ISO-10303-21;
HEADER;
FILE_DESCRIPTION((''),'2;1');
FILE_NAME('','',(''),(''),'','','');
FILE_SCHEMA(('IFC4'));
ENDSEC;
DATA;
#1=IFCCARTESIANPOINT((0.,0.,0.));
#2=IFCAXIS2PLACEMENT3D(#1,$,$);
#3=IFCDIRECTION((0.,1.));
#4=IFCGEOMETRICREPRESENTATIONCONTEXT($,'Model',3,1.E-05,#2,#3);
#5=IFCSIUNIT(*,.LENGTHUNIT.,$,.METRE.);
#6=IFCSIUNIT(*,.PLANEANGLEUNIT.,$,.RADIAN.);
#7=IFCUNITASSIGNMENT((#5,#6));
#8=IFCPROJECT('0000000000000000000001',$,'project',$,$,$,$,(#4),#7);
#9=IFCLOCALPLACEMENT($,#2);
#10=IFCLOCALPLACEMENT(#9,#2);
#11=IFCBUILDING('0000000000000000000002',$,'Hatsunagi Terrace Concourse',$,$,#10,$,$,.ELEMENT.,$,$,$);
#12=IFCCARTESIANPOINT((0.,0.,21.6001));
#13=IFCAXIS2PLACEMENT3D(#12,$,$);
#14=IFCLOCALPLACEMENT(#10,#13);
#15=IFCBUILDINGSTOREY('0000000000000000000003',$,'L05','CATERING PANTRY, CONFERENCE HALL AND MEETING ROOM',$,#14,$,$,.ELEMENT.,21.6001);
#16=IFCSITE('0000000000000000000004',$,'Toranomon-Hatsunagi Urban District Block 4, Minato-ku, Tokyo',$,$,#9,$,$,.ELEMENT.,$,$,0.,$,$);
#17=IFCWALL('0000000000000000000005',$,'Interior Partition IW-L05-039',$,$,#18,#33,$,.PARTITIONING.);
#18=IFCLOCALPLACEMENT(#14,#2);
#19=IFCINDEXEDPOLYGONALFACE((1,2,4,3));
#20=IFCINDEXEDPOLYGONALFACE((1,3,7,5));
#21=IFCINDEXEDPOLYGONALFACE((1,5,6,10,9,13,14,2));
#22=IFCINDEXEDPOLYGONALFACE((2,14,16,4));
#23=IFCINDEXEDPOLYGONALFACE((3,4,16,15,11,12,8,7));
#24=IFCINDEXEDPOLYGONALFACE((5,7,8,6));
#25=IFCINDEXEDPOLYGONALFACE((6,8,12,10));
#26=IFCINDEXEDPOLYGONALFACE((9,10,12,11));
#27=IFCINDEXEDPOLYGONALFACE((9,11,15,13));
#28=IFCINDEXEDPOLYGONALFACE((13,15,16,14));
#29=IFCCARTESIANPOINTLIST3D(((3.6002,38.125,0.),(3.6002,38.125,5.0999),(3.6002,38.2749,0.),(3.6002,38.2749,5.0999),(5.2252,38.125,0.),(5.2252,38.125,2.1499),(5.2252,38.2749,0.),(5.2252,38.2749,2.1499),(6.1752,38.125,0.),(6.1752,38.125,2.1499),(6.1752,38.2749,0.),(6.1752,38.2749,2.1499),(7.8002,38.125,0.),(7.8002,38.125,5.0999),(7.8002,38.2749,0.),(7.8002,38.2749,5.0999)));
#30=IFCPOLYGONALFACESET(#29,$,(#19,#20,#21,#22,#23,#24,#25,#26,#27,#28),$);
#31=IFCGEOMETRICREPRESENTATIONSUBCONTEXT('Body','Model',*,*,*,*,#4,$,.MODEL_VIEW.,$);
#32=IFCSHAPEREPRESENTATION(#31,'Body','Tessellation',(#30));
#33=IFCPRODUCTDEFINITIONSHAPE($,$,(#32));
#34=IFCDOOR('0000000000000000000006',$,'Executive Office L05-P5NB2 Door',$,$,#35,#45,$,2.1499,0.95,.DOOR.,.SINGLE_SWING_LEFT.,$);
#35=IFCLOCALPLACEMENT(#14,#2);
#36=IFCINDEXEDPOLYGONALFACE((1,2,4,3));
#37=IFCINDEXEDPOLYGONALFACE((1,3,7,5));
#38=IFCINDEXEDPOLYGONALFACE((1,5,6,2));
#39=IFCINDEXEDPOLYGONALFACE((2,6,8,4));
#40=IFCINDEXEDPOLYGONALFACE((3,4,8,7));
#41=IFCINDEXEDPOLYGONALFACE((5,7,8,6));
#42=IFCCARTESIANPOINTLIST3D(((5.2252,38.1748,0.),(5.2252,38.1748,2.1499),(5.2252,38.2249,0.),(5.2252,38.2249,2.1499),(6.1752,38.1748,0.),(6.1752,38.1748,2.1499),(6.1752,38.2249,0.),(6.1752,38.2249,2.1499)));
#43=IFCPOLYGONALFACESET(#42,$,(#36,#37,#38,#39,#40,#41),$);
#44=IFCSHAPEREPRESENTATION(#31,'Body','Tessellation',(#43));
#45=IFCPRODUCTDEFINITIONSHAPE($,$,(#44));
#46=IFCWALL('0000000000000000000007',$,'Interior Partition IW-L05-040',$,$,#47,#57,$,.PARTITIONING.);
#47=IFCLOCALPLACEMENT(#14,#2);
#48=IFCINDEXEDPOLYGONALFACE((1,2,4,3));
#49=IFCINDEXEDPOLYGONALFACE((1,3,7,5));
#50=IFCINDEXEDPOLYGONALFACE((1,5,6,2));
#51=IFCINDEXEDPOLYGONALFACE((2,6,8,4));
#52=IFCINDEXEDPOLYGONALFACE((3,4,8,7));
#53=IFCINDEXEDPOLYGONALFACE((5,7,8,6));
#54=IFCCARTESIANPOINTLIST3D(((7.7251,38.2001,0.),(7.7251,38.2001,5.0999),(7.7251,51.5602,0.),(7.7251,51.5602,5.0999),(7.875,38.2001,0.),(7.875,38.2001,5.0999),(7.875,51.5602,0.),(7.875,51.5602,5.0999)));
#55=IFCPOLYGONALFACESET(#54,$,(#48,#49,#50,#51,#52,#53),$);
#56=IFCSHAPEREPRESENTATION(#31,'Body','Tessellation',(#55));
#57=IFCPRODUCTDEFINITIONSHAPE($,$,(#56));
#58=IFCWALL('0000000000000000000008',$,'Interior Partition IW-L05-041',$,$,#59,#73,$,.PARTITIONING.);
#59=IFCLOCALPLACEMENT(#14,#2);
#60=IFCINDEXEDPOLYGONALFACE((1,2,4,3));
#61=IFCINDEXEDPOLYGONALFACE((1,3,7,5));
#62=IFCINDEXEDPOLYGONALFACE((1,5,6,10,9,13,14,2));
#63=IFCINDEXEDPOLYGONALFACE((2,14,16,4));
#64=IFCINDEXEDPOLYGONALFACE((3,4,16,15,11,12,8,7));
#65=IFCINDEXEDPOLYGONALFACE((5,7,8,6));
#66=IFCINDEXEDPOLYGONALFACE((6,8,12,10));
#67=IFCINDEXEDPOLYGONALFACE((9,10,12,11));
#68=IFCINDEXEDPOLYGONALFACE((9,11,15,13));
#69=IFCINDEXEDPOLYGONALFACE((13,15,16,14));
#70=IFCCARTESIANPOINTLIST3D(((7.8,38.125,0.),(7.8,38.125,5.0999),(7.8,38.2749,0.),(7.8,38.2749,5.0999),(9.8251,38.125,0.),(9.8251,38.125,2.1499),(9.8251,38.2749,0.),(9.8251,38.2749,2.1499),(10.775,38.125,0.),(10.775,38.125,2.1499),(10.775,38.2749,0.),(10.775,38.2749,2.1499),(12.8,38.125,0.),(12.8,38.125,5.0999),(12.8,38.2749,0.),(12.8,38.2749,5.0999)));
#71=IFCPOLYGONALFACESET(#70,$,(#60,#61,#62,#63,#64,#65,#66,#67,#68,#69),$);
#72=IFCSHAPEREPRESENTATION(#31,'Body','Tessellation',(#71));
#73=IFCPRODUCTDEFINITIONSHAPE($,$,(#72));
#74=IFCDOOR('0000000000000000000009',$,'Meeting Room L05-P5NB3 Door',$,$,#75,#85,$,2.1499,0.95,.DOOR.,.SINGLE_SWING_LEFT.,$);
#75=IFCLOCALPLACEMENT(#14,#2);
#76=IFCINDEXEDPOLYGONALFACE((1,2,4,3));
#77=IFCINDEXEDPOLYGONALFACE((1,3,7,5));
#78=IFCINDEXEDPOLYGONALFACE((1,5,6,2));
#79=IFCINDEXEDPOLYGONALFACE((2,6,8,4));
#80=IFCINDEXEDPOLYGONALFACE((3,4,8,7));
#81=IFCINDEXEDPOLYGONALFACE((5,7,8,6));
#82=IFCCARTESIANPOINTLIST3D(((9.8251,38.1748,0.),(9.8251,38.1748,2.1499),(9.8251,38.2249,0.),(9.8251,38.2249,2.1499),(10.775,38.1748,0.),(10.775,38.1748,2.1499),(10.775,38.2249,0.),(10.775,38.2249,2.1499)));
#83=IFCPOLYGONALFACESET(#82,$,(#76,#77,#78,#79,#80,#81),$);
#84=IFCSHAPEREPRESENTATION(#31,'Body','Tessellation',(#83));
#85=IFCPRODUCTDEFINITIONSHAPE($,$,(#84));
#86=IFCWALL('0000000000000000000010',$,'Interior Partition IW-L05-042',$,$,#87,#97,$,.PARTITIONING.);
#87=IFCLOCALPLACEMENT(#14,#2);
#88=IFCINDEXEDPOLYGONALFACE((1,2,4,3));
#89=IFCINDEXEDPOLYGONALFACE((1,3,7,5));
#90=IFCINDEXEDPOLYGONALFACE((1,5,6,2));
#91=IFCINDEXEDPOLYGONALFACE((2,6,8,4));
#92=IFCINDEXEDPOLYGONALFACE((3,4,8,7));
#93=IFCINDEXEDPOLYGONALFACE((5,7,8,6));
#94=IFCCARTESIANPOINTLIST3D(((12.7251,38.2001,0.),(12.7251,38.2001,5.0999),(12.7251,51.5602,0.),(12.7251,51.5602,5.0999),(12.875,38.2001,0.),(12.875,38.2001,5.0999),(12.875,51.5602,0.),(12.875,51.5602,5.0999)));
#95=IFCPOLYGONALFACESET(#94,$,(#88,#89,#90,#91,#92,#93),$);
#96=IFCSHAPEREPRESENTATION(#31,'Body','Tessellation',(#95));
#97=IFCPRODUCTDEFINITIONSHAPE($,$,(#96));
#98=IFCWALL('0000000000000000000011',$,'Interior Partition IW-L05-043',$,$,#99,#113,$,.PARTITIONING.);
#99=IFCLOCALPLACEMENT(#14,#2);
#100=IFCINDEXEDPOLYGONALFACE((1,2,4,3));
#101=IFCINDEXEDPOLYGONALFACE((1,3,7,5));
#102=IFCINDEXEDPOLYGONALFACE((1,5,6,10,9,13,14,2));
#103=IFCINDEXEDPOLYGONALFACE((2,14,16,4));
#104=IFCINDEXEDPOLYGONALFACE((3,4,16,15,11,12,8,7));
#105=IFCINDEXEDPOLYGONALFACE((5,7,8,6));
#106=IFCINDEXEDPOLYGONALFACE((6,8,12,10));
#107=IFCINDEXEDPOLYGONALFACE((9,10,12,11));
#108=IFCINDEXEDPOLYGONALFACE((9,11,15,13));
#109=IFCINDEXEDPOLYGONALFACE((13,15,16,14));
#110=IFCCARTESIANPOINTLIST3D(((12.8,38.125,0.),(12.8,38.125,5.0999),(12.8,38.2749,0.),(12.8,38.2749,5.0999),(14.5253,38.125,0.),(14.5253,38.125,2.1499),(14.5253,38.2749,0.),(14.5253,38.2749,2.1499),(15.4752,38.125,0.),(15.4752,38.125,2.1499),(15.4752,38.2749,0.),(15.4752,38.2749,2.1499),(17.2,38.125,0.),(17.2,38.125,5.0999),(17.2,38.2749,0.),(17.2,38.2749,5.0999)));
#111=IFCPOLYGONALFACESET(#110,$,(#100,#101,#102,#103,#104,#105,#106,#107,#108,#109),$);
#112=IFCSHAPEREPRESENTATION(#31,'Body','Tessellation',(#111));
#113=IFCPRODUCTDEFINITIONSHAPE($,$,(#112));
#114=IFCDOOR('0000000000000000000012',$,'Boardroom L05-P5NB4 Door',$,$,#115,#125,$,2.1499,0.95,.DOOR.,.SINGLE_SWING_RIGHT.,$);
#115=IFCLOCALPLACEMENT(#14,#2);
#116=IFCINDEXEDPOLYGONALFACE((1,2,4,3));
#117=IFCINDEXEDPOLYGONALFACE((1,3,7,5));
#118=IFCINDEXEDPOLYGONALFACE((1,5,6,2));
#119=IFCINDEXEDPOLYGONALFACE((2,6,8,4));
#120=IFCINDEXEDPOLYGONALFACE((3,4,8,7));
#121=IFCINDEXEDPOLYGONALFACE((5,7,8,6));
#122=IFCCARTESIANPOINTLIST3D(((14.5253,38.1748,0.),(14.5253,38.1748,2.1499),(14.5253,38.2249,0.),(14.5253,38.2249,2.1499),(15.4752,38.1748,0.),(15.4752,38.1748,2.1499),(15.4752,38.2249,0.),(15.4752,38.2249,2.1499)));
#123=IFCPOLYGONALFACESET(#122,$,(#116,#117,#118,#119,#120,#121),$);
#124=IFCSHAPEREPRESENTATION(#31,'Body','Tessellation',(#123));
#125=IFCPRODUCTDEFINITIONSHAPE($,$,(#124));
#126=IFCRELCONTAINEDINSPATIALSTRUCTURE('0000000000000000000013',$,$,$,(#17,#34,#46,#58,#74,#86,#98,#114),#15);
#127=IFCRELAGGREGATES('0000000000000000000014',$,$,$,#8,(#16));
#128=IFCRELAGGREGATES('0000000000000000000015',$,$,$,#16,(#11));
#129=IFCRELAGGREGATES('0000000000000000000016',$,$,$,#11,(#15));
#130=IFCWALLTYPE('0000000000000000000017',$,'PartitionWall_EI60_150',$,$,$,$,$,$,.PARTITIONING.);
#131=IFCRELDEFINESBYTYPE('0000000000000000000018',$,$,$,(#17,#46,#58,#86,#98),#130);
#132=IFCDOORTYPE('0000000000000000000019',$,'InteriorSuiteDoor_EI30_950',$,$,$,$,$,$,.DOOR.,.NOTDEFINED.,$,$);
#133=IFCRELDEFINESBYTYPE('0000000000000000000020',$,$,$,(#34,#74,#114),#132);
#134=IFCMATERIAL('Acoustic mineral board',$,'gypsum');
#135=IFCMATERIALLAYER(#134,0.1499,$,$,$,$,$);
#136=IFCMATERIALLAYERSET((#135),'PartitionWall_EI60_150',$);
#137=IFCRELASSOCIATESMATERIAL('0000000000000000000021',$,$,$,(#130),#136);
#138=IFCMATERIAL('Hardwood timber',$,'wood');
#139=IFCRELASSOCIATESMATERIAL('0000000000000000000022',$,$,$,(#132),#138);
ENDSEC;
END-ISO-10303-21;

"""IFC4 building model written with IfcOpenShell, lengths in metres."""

from ifc_helpers import new_model, si_unit, direction, frame, frame_2d, origin, place, context, subcontext, project, spatial, rectangle, extrude, material, layer, layer_set, type_object, element, fill, save


model = new_model("IFC4")

# Units and contexts
model_context = context("Model", 3, precision=1e-05, world=origin(), true_north=direction((0.0, 1.0)))
body_context = subcontext(model_context, "Body", "Model", "MODEL_VIEW")
ifc_project = project(units=[si_unit("LENGTHUNIT", "METRE"), si_unit("PLANEANGLEUNIT", "RADIAN")], contexts=[model_context])

# Site, building, storey
site_placement = place(None, origin())
site = spatial("IfcSite", under=ifc_project, at=site_placement, Name="Toranomon-Hatsunagi Urban District Block 4, Minato-ku, Tokyo", CompositionType="ELEMENT", RefElevation=0.0)
building_placement = place(site_placement, origin())
building = spatial("IfcBuilding", under=site, at=building_placement, Name="Hatsunagi Terrace Concourse", CompositionType="ELEMENT")
storey_placement = place(building_placement, frame((0.0, 0.0, 21.6001)))
storey = spatial("IfcBuildingStorey", under=building, at=storey_placement, Name="L05", Description="CATERING PANTRY, CONFERENCE HALL AND MEETING ROOM", CompositionType="ELEMENT", Elevation=21.6001)

# Shared definitions
ifc_material_1 = material(Name="Acoustic mineral board", Category="gypsum")
ifc_layer_1 = layer(ifc_material_1, 0.1499)
ifc_layer_set_1 = layer_set([ifc_layer_1], Name="PartitionWall_EI60_150")
wall_type_1 = type_object("IfcWallType", Name="PartitionWall_EI60_150", PredefinedType="PARTITIONING", material=ifc_layer_set_1)

# Wall, opening, door
wall_1_placement = place(storey_placement, frame((3.6001, 38.2, 0.0), z_axis=(0.0, 0.0, 1.0), x_axis=(1.0, 0.0, 0.0)))
wall_1 = element("IfcWall", 1, at=wall_1_placement, inside=storey, type_object=wall_type_1, Name="Interior Partition IW-L05-039", PredefinedType="PARTITIONING", context=body_context, shape_type="SweptSolid", body=[
    extrude(rectangle(XDim=4.2, YDim=0.1499, at=frame_2d((2.1001, 0.0))), origin(), (0.0, 0.0, 1.0), 5.0999),
])
opening_1_placement = place(wall_1_placement, frame((1.625, 0.0, 0.0)))
opening_1 = element("IfcOpeningElement", 2, at=opening_1_placement, cuts=wall_1, PredefinedType="OPENING", context=body_context, shape_type="SweptSolid", body=[
    extrude(rectangle(XDim=0.95, YDim=2.1499, at=frame_2d((0.4751, 1.075))), frame((0.0, 0.085, 0.0), z_axis=(0.0, -1.0, 0.0), x_axis=(1.0, 0.0, 0.0)), (0.0, 0.0, 1.0), 0.1699),
])
ifc_material_2 = material(Name="Hardwood timber", Category="wood")
door_type = type_object("IfcDoorType", Name="InteriorSuiteDoor_EI30_950", OperationType="NOTDEFINED", PredefinedType="DOOR", material=ifc_material_2)
door_1_placement = place(opening_1_placement, origin())
door_1 = element("IfcDoor", 3, at=door_1_placement, inside=storey, type_object=door_type, Name="Executive Office L05-P5NB2 Door", OperationType="SINGLE_SWING_LEFT", OverallHeight=2.1499, OverallWidth=0.95, PredefinedType="DOOR", context=body_context, shape_type="SweptSolid", body=[
    extrude(rectangle(XDim=0.95, YDim=2.1499, at=frame_2d((0.4751, 1.075))), frame((0.0, 0.0249, 0.0), z_axis=(0.0, -1.0, 0.0), x_axis=(1.0, 0.0, 0.0)), (0.0, 0.0, 1.0), 0.05),
])
fill(opening_1, door_1)

# Wall
wall_2_placement = place(storey_placement, frame((7.8, 38.2, 0.0), z_axis=(0.0, 0.0, 1.0), x_axis=(0.0, 1.0, 0.0)))
element("IfcWall", 4, at=wall_2_placement, inside=storey, type_object=wall_type_1, Name="Interior Partition IW-L05-040", PredefinedType="PARTITIONING", context=body_context, shape_type="SweptSolid", body=[
    extrude(rectangle(XDim=13.3601, YDim=0.1499, at=frame_2d((6.6802, 0.0))), origin(), (0.0, 0.0, 1.0), 5.0999),
])

# Wall, opening, door
wall_3_placement = place(storey_placement, frame((7.8, 38.2, 0.0), z_axis=(0.0, 0.0, 1.0), x_axis=(1.0, 0.0, 0.0)))
wall_3 = element("IfcWall", 5, at=wall_3_placement, inside=storey, type_object=wall_type_1, Name="Interior Partition IW-L05-041", PredefinedType="PARTITIONING", context=body_context, shape_type="SweptSolid", body=[
    extrude(rectangle(XDim=5.0, YDim=0.1499, at=frame_2d((2.5, 0.0))), origin(), (0.0, 0.0, 1.0), 5.0999),
])
opening_2_placement = place(wall_3_placement, frame((2.0249, 0.0, 0.0)))
opening_2 = element("IfcOpeningElement", 6, at=opening_2_placement, cuts=wall_3, PredefinedType="OPENING", context=body_context, shape_type="SweptSolid", body=[
    extrude(rectangle(XDim=0.95, YDim=2.1499, at=frame_2d((0.4751, 1.075))), frame((0.0, 0.085, 0.0), z_axis=(0.0, -1.0, 0.0), x_axis=(1.0, 0.0, 0.0)), (0.0, 0.0, 1.0), 0.1699),
])
door_2_placement = place(opening_2_placement, origin())
door_2 = element("IfcDoor", 7, at=door_2_placement, inside=storey, type_object=door_type, Name="Meeting Room L05-P5NB3 Door", OperationType="SINGLE_SWING_LEFT", OverallHeight=2.1499, OverallWidth=0.95, PredefinedType="DOOR", context=body_context, shape_type="SweptSolid", body=[
    extrude(rectangle(XDim=0.95, YDim=2.1499, at=frame_2d((0.4751, 1.075))), frame((0.0, 0.0249, 0.0), z_axis=(0.0, -1.0, 0.0), x_axis=(1.0, 0.0, 0.0)), (0.0, 0.0, 1.0), 0.05),
])
fill(opening_2, door_2)

# Wall
wall_4_placement = place(storey_placement, frame((12.8, 38.2, 0.0), z_axis=(0.0, 0.0, 1.0), x_axis=(0.0, 1.0, 0.0)))
element("IfcWall", 8, at=wall_4_placement, inside=storey, type_object=wall_type_1, Name="Interior Partition IW-L05-042", PredefinedType="PARTITIONING", context=body_context, shape_type="SweptSolid", body=[
    extrude(rectangle(XDim=13.3601, YDim=0.1499, at=frame_2d((6.6802, 0.0))), origin(), (0.0, 0.0, 1.0), 5.0999),
])

# Wall, opening, door
wall_5_placement = place(storey_placement, frame((12.8, 38.2, 0.0), z_axis=(0.0, 0.0, 1.0), x_axis=(1.0, 0.0, 0.0)))
wall_5 = element("IfcWall", 9, at=wall_5_placement, inside=storey, type_object=wall_type_1, Name="Interior Partition IW-L05-043", PredefinedType="PARTITIONING", context=body_context, shape_type="SweptSolid", body=[
    extrude(rectangle(XDim=4.3999, YDim=0.1499, at=frame_2d((2.2, 0.0))), origin(), (0.0, 0.0, 1.0), 5.0999),
])
opening_3_placement = place(wall_5_placement, frame((1.7251, 0.0, 0.0)))
opening_3 = element("IfcOpeningElement", 10, at=opening_3_placement, cuts=wall_5, PredefinedType="OPENING", context=body_context, shape_type="SweptSolid", body=[
    extrude(rectangle(XDim=0.95, YDim=2.1499, at=frame_2d((0.4751, 1.075))), frame((0.0, 0.085, 0.0), z_axis=(0.0, -1.0, 0.0), x_axis=(1.0, 0.0, 0.0)), (0.0, 0.0, 1.0), 0.1699),
])
door_3_placement = place(opening_3_placement, origin())
door_3 = element("IfcDoor", 11, at=door_3_placement, inside=storey, type_object=door_type, Name="Boardroom L05-P5NB4 Door", OperationType="SINGLE_SWING_RIGHT", OverallHeight=2.1499, OverallWidth=0.95, PredefinedType="DOOR", context=body_context, shape_type="SweptSolid", body=[
    extrude(rectangle(XDim=0.95, YDim=2.1499, at=frame_2d((0.4751, 1.075))), frame((0.0, 0.0249, 0.0), z_axis=(0.0, -1.0, 0.0), x_axis=(1.0, 0.0, 0.0)), (0.0, 0.0, 1.0), 0.05),
])
fill(opening_3, door_3)

save(model, "model.ifc")
